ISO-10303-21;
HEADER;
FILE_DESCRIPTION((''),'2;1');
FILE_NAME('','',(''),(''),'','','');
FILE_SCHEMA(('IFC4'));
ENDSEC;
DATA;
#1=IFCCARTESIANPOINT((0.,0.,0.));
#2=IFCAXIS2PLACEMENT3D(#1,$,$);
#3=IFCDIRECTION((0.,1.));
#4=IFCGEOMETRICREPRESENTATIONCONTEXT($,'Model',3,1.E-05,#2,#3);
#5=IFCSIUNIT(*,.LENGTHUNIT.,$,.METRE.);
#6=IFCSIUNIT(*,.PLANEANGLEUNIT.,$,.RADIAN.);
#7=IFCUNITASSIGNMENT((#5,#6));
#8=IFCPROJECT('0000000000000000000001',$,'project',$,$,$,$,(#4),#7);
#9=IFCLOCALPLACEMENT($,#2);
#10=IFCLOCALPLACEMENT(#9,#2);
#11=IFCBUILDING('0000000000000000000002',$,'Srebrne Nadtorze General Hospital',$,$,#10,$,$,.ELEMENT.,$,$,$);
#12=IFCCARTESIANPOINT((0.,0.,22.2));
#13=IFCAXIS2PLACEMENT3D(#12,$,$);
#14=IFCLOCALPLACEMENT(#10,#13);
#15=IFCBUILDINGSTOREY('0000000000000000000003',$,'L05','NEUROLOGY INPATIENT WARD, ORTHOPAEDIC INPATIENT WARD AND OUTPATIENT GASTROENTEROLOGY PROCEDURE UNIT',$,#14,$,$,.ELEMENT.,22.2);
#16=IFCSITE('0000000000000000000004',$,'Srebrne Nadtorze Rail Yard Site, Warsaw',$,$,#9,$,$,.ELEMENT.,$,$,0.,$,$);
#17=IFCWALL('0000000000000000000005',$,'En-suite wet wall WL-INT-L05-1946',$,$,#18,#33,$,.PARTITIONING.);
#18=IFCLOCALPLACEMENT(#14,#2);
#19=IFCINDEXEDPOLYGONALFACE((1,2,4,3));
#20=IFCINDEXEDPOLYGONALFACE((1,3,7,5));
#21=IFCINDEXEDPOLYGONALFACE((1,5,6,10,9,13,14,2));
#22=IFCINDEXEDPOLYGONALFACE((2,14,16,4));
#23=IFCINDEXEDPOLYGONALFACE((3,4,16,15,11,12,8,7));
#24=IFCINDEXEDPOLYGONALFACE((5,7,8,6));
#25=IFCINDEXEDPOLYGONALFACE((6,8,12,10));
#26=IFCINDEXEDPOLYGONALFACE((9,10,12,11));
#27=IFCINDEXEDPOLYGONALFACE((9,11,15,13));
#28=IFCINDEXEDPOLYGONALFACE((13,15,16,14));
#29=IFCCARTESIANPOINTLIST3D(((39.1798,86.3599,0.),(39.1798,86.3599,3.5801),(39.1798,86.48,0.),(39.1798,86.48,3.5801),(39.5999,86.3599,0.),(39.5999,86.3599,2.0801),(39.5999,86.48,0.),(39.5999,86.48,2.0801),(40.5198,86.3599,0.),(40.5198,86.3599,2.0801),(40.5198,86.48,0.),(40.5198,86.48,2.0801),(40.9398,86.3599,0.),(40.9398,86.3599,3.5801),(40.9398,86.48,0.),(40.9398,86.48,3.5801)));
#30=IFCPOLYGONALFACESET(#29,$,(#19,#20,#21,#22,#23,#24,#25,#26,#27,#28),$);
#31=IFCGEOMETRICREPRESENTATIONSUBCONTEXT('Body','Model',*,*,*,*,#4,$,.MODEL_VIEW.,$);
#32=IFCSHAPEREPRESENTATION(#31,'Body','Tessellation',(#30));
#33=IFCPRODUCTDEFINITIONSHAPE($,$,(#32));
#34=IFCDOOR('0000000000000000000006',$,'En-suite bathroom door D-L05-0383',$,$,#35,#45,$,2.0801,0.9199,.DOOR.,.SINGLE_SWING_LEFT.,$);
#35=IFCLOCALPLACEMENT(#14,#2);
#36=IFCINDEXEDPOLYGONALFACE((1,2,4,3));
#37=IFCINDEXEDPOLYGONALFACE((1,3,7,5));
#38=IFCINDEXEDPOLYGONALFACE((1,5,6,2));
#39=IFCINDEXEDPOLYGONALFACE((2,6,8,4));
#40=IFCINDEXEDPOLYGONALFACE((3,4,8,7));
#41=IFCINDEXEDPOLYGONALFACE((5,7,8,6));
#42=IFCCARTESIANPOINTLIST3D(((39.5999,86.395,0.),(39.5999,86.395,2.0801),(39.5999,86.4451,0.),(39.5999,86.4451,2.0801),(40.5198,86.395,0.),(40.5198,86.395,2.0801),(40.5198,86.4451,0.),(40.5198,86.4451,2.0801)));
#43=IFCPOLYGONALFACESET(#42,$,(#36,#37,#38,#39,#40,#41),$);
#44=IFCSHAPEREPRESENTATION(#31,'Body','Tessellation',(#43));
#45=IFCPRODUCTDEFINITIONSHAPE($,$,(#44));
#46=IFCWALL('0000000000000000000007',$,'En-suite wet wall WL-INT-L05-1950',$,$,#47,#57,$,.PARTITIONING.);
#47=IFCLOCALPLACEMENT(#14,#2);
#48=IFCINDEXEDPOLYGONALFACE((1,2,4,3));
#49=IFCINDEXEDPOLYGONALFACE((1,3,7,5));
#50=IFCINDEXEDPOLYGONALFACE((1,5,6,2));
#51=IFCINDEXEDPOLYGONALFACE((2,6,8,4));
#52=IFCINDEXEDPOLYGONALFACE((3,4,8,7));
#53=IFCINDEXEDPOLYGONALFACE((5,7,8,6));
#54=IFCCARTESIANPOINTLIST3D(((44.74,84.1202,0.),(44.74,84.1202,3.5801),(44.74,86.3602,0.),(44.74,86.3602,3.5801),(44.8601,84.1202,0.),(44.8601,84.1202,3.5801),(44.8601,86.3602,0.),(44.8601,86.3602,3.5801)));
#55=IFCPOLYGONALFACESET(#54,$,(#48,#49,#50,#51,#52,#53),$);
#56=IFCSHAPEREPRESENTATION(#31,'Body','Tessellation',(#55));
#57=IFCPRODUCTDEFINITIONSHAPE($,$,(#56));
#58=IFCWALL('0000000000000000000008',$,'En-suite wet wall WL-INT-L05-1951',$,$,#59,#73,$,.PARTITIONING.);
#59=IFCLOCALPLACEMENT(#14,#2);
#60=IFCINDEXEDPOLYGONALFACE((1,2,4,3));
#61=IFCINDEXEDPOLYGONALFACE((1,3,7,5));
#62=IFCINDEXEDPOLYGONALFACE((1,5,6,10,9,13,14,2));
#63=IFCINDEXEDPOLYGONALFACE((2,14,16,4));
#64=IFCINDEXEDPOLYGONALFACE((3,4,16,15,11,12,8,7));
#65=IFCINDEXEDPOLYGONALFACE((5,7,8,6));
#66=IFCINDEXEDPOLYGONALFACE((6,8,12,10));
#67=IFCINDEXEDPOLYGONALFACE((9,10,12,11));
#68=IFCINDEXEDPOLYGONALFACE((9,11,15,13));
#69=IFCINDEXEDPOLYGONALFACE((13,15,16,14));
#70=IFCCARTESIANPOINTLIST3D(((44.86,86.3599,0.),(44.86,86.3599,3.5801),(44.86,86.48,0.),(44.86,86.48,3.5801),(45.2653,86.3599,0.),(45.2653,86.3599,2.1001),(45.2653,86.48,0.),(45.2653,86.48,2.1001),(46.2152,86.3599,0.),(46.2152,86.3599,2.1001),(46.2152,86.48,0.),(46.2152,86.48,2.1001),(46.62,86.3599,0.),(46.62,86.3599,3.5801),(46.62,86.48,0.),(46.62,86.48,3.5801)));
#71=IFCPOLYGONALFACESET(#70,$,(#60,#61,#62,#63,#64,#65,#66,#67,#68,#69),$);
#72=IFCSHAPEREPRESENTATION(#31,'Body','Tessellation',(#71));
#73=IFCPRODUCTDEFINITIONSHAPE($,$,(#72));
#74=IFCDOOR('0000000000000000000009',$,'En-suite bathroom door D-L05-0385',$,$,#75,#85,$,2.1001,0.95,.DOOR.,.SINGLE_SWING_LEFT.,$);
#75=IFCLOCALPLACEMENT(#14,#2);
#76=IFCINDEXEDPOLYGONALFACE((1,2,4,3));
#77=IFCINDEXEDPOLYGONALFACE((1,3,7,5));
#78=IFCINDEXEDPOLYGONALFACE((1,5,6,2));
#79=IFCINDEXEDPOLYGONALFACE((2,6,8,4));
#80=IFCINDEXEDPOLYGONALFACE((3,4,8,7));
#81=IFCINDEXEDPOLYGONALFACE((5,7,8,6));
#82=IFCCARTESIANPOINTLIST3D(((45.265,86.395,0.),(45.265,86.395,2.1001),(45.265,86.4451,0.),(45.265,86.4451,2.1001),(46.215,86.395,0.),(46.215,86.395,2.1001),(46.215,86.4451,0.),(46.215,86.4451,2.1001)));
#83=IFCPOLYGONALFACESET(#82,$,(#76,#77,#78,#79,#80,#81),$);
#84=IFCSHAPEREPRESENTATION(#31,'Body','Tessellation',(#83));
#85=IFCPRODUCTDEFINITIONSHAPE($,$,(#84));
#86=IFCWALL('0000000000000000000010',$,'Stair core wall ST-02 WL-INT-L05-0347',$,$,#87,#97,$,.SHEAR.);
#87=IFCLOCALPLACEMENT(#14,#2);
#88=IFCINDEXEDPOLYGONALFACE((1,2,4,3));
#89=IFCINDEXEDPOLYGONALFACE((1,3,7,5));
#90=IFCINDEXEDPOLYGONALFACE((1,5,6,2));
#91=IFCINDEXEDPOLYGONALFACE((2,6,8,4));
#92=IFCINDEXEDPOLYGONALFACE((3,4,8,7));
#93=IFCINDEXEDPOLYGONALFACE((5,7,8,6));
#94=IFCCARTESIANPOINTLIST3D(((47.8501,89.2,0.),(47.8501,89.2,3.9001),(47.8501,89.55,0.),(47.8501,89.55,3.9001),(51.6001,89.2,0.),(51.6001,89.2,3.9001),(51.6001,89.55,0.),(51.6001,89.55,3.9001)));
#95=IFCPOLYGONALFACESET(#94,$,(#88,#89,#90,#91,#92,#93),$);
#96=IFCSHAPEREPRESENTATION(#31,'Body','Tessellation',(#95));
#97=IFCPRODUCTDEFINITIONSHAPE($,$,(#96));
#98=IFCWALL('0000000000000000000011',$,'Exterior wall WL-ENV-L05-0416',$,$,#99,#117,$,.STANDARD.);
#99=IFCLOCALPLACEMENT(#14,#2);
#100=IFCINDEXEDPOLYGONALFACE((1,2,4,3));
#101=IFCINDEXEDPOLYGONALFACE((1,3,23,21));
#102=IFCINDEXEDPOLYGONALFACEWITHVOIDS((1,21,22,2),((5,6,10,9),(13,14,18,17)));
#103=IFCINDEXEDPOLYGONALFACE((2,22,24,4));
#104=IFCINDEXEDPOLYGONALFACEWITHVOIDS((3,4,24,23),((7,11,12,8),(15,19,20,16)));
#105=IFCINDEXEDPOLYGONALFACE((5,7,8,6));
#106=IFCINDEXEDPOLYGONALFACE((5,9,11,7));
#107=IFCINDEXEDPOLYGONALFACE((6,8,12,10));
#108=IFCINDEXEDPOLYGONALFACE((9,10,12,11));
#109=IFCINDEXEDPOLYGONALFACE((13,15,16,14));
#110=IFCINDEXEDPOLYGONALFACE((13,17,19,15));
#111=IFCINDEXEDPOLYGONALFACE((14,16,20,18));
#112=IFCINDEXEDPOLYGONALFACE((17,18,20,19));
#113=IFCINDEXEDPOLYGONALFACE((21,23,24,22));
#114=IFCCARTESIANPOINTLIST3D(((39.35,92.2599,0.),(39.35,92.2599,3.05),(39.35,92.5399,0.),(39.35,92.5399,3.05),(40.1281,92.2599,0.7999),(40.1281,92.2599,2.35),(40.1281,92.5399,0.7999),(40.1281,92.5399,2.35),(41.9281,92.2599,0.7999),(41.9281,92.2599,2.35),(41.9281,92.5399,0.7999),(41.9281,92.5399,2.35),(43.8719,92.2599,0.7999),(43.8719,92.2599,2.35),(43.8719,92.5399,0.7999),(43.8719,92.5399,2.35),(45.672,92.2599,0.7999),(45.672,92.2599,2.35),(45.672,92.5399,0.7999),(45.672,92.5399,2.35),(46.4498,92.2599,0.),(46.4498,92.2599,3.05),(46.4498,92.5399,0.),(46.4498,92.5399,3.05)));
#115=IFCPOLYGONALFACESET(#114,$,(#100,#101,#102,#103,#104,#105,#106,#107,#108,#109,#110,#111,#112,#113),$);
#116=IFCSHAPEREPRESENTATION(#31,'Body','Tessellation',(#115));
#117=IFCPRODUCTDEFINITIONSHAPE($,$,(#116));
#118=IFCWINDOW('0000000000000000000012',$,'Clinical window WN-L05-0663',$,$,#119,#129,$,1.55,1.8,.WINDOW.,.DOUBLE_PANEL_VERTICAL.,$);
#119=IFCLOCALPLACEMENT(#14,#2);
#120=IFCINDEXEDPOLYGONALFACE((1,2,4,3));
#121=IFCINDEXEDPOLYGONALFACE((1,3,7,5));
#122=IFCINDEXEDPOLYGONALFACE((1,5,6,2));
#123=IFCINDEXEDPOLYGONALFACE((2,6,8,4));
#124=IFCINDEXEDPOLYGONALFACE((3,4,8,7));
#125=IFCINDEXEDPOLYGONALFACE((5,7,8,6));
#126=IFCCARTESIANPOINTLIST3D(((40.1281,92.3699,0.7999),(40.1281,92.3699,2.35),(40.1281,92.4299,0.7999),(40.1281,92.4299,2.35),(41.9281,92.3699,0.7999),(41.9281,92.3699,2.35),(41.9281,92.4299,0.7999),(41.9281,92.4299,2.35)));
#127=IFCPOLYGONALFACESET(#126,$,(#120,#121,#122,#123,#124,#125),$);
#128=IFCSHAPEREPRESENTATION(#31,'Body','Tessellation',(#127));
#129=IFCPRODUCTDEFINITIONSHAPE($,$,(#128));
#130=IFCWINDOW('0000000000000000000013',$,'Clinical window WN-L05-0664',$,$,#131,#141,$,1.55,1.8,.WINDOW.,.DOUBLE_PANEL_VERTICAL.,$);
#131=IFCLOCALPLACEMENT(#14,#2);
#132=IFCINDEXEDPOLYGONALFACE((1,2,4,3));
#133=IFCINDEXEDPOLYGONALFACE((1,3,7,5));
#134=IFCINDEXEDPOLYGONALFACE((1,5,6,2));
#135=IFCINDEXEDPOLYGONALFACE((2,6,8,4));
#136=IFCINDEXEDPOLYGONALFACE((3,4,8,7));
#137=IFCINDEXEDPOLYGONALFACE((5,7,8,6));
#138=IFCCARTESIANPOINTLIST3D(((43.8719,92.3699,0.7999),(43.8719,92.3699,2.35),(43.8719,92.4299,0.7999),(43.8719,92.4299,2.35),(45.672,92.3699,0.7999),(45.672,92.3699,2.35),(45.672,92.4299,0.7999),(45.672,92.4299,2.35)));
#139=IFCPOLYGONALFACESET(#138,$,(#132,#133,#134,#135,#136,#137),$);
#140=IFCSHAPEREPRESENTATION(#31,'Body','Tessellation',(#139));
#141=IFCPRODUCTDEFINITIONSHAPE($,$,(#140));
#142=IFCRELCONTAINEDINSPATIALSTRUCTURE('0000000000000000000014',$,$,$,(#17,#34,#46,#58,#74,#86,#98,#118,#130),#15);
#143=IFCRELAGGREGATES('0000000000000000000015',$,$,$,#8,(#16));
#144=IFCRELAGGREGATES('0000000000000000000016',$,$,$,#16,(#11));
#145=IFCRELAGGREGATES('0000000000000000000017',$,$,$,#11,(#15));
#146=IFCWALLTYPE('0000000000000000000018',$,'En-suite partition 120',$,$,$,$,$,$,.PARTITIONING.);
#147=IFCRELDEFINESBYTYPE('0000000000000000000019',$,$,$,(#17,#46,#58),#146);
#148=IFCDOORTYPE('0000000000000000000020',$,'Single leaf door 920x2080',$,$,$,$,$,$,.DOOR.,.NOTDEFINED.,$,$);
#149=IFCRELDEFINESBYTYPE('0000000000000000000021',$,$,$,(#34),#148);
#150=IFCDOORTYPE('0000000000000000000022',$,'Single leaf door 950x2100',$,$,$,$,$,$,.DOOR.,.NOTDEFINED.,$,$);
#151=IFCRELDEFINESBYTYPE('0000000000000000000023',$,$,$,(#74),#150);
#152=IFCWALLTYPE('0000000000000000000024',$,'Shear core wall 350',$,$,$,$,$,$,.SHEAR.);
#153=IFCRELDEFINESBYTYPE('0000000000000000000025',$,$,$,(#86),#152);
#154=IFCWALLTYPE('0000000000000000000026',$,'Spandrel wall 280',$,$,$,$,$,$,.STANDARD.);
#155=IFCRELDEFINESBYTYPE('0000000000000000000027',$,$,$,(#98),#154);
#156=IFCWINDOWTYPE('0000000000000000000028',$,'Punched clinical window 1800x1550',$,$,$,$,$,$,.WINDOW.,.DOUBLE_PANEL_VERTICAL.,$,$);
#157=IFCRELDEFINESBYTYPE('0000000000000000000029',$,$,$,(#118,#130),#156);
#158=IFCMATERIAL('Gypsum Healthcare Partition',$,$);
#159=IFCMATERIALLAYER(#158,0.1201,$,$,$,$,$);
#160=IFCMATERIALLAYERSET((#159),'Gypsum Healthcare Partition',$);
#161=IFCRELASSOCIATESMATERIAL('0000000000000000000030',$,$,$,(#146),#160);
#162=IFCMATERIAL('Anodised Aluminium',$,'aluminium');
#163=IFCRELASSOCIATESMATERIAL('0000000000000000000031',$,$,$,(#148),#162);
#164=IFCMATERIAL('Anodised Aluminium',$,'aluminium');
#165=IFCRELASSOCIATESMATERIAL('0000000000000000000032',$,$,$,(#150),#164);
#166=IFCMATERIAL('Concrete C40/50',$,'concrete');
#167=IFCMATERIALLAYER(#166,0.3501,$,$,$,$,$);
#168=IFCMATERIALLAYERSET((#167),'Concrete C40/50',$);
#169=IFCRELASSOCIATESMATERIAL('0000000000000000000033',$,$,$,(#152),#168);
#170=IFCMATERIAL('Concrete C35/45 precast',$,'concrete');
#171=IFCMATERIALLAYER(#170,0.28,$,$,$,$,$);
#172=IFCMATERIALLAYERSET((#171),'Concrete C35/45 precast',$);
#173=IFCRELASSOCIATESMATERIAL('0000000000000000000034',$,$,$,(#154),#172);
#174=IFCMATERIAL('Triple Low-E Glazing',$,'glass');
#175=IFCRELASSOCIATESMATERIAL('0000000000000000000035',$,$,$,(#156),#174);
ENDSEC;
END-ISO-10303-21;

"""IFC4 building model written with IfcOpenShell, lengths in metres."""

from ifc_helpers import new_model, si_unit, direction, frame, frame_2d, origin, place, context, subcontext, project, spatial, rectangle, extrude, material, layer, layer_set, type_object, element, fill, save


model = new_model("IFC4")

# Units and contexts
model_context = context("Model", 3, precision=1e-05, world=origin(), true_north=direction((0.0, 1.0)))
body_context = subcontext(model_context, "Body", "Model", "MODEL_VIEW")
ifc_project = project(units=[si_unit("LENGTHUNIT", "METRE"), si_unit("PLANEANGLEUNIT", "RADIAN")], contexts=[model_context])

# Site, building, storey
site_placement = place(None, origin())
site = spatial("IfcSite", under=ifc_project, at=site_placement, Name="Srebrne Nadtorze Rail Yard Site, Warsaw", CompositionType="ELEMENT", RefElevation=0.0)
building_placement = place(site_placement, origin())
building = spatial("IfcBuilding", under=site, at=building_placement, Name="Srebrne Nadtorze General Hospital", CompositionType="ELEMENT")
storey_placement = place(building_placement, frame((0.0, 0.0, 22.2)))
storey = spatial("IfcBuildingStorey", under=building, at=storey_placement, Name="L05", Description="NEUROLOGY INPATIENT WARD, ORTHOPAEDIC INPATIENT WARD AND OUTPATIENT GASTROENTEROLOGY PROCEDURE UNIT", CompositionType="ELEMENT", Elevation=22.2)

# Shared definitions
ifc_material_1 = material(Name="Gypsum Healthcare Partition")
ifc_layer_1 = layer(ifc_material_1, 0.1201)
ifc_layer_set_1 = layer_set([ifc_layer_1], Name="Gypsum Healthcare Partition")
wall_type_1 = type_object("IfcWallType", Name="En-suite partition 120", PredefinedType="PARTITIONING", material=ifc_layer_set_1)

# Wall, opening, door
wall_1_placement = place(storey_placement, frame((39.1799, 86.4199, 0.0), z_axis=(0.0, 0.0, 1.0), x_axis=(1.0, 0.0, 0.0)))
wall_1 = element("IfcWall", 1, at=wall_1_placement, inside=storey, type_object=wall_type_1, Name="En-suite wet wall WL-INT-L05-1946", PredefinedType="PARTITIONING", context=body_context, shape_type="SweptSolid", body=[
    extrude(rectangle(XDim=1.76, YDim=0.1201, at=frame_2d((0.8799, 0.0))), origin(), (0.0, 0.0, 1.0), 3.5801),
])
opening_1_placement = place(wall_1_placement, frame((0.4199, 0.0, 0.0)))
opening_1 = element("IfcOpeningElement", 2, at=opening_1_placement, cuts=wall_1, PredefinedType="OPENING", context=body_context, shape_type="SweptSolid", body=[
    extrude(rectangle(XDim=0.9199, YDim=2.0801, at=frame_2d((0.46, 1.04))), frame((0.0, 0.072, 0.0), z_axis=(0.0, -1.0, 0.0), x_axis=(1.0, 0.0, 0.0)), (0.0, 0.0, 1.0), 0.144),
])
ifc_material_2 = material(Name="Anodised Aluminium", Category="aluminium")
door_type_1 = type_object("IfcDoorType", Name="Single leaf door 920x2080", OperationType="NOTDEFINED", PredefinedType="DOOR", material=ifc_material_2)
door_1_placement = place(opening_1_placement, frame((0.9199, 0.0, 0.0), z_axis=(0.0, 0.0, 1.0), x_axis=(-1.0, 0.0, 0.0)))
door_1 = element("IfcDoor", 3, at=door_1_placement, inside=storey, type_object=door_type_1, Name="En-suite bathroom door D-L05-0383", OperationType="SINGLE_SWING_LEFT", OverallHeight=2.0801, OverallWidth=0.9199, PredefinedType="DOOR", context=body_context, shape_type="SweptSolid", body=[
    extrude(rectangle(XDim=0.9199, YDim=2.0801, at=frame_2d((0.46, 1.04))), frame((0.0, 0.0249, 0.0), z_axis=(0.0, -1.0, 0.0), x_axis=(1.0, 0.0, 0.0)), (0.0, 0.0, 1.0), 0.05),
])
fill(opening_1, door_1)

# Wall
wall_2_placement = place(storey_placement, frame((44.8, 84.1201, 0.0), z_axis=(0.0, 0.0, 1.0), x_axis=(0.0, 1.0, 0.0)))
element("IfcWall", 4, at=wall_2_placement, inside=storey, type_object=wall_type_1, Name="En-suite wet wall WL-INT-L05-1950", PredefinedType="PARTITIONING", context=body_context, shape_type="SweptSolid", body=[
    extrude(rectangle(XDim=2.24, YDim=0.1201, at=frame_2d((1.1201, 0.0))), origin(), (0.0, 0.0, 1.0), 3.5801),
])

# Wall, opening, door
wall_3_placement = place(storey_placement, frame((44.8601, 86.4199, 0.0), z_axis=(0.0, 0.0, 1.0), x_axis=(1.0, 0.0, 0.0)))
wall_3 = element("IfcWall", 5, at=wall_3_placement, inside=storey, type_object=wall_type_1, Name="En-suite wet wall WL-INT-L05-1951", PredefinedType="PARTITIONING", context=body_context, shape_type="SweptSolid", body=[
    extrude(rectangle(XDim=1.76, YDim=0.1201, at=frame_2d((0.8799, 0.0))), origin(), (0.0, 0.0, 1.0), 3.5801),
])
opening_2_placement = place(wall_3_placement, frame((0.405, 0.0, 0.0)))
opening_2 = element("IfcOpeningElement", 6, at=opening_2_placement, cuts=wall_3, PredefinedType="OPENING", context=body_context, shape_type="SweptSolid", body=[
    extrude(rectangle(XDim=0.95, YDim=2.1001, at=frame_2d((0.4751, 1.05))), frame((0.0, 0.072, 0.0), z_axis=(0.0, -1.0, 0.0), x_axis=(1.0, 0.0, 0.0)), (0.0, 0.0, 1.0), 0.144),
])
ifc_material_3 = material(Name="Anodised Aluminium", Category="aluminium")
door_type_2 = type_object("IfcDoorType", Name="Single leaf door 950x2100", OperationType="NOTDEFINED", PredefinedType="DOOR", material=ifc_material_3)
door_2_placement = place(opening_2_placement, frame((0.95, 0.0, 0.0), z_axis=(0.0, 0.0, 1.0), x_axis=(-1.0, 0.0, 0.0)))
door_2 = element("IfcDoor", 7, at=door_2_placement, inside=storey, type_object=door_type_2, Name="En-suite bathroom door D-L05-0385", OperationType="SINGLE_SWING_LEFT", OverallHeight=2.1001, OverallWidth=0.95, PredefinedType="DOOR", context=body_context, shape_type="SweptSolid", body=[
    extrude(rectangle(XDim=0.95, YDim=2.1001, at=frame_2d((0.4751, 1.05))), frame((0.0, 0.0249, 0.0), z_axis=(0.0, -1.0, 0.0), x_axis=(1.0, 0.0, 0.0)), (0.0, 0.0, 1.0), 0.05),
])
fill(opening_2, door_2)

# Wall
ifc_material_4 = material(Name="Concrete C40/50", Category="concrete")
ifc_layer_2 = layer(ifc_material_4, 0.3501)
ifc_layer_set_2 = layer_set([ifc_layer_2], Name="Concrete C40/50")
wall_type_2 = type_object("IfcWallType", Name="Shear core wall 350", PredefinedType="SHEAR", material=ifc_layer_set_2)
wall_4_placement = place(storey_placement, frame((47.8501, 89.375, 0.0), z_axis=(0.0, 0.0, 1.0), x_axis=(1.0, 0.0, 0.0)))
element("IfcWall", 8, at=wall_4_placement, inside=storey, type_object=wall_type_2, Name="Stair core wall ST-02 WL-INT-L05-0347", PredefinedType="SHEAR", context=body_context, shape_type="SweptSolid", body=[
    extrude(rectangle(XDim=3.75, YDim=0.3501, at=frame_2d((1.875, 0.0))), origin(), (0.0, 0.0, 1.0), 3.9001),
])

# Wall, openings, windows
ifc_material_5 = material(Name="Concrete C35/45 precast", Category="concrete")
ifc_layer_3 = layer(ifc_material_5, 0.28)
ifc_layer_set_3 = layer_set([ifc_layer_3], Name="Concrete C35/45 precast")
wall_type_3 = type_object("IfcWallType", Name="Spandrel wall 280", PredefinedType="STANDARD", material=ifc_layer_set_3)
wall_5_placement = place(storey_placement, frame((39.3501, 92.3999, 0.0), z_axis=(0.0, 0.0, 1.0), x_axis=(1.0, 0.0, 0.0)))
wall_5 = element("IfcWall", 9, at=wall_5_placement, inside=storey, type_object=wall_type_3, Name="Exterior wall WL-ENV-L05-0416", PredefinedType="STANDARD", context=body_context, shape_type="SweptSolid", body=[
    extrude(rectangle(XDim=7.0999, YDim=0.28, at=frame_2d((3.5498, 0.0))), origin(), (0.0, 0.0, 1.0), 3.05),
])
opening_3_placement = place(wall_5_placement, frame((0.7781, 0.0, 0.8)))
opening_3 = element("IfcOpeningElement", 10, at=opening_3_placement, cuts=wall_5, PredefinedType="OPENING", context=body_context, shape_type="SweptSolid", body=[
    extrude(rectangle(XDim=1.8, YDim=1.55, at=frame_2d((0.8999, 0.7749))), frame((0.0, 0.1519, 0.0), z_axis=(0.0, -1.0, 0.0), x_axis=(1.0, 0.0, 0.0)), (0.0, 0.0, 1.0), 0.304),
])
opening_4_placement = place(wall_5_placement, frame((4.522, 0.0, 0.8)))
opening_4 = element("IfcOpeningElement", 11, at=opening_4_placement, cuts=wall_5, PredefinedType="OPENING", context=body_context, shape_type="SweptSolid", body=[
    extrude(rectangle(XDim=1.8, YDim=1.55, at=frame_2d((0.8999, 0.7749))), frame((0.0, 0.1519, 0.0), z_axis=(0.0, -1.0, 0.0), x_axis=(1.0, 0.0, 0.0)), (0.0, 0.0, 1.0), 0.304),
])
ifc_material_6 = material(Name="Triple Low-E Glazing", Category="glass")
window_type_1 = type_object("IfcWindowType", Name="Punched clinical window 1800x1550", PartitioningType="DOUBLE_PANEL_VERTICAL", PredefinedType="WINDOW", material=ifc_material_6)
window_1_placement = place(opening_3_placement, origin())
window_1 = element("IfcWindow", 12, at=window_1_placement, inside=storey, type_object=window_type_1, Name="Clinical window WN-L05-0663", OverallHeight=1.55, OverallWidth=1.8, PartitioningType="DOUBLE_PANEL_VERTICAL", PredefinedType="WINDOW", context=body_context, shape_type="SweptSolid", body=[
    extrude(rectangle(XDim=1.8, YDim=1.55, at=frame_2d((0.8999, 0.7749))), frame((0.0, 0.03, 0.0), z_axis=(0.0, -1.0, 0.0), x_axis=(1.0, 0.0, 0.0)), (0.0, 0.0, 1.0), 0.0601),
])
fill(opening_3, window_1)
window_2_placement = place(opening_4_placement, origin())
window_2 = element("IfcWindow", 13, at=window_2_placement, inside=storey, type_object=window_type_1, Name="Clinical window WN-L05-0664", OverallHeight=1.55, OverallWidth=1.8, PartitioningType="DOUBLE_PANEL_VERTICAL", PredefinedType="WINDOW", context=body_context, shape_type="SweptSolid", body=[
    extrude(rectangle(XDim=1.8, YDim=1.55, at=frame_2d((0.8999, 0.7749))), frame((0.0, 0.03, 0.0), z_axis=(0.0, -1.0, 0.0), x_axis=(1.0, 0.0, 0.0)), (0.0, 0.0, 1.0), 0.0601),
])
fill(opening_4, window_2)

save(model, "model.ifc")
